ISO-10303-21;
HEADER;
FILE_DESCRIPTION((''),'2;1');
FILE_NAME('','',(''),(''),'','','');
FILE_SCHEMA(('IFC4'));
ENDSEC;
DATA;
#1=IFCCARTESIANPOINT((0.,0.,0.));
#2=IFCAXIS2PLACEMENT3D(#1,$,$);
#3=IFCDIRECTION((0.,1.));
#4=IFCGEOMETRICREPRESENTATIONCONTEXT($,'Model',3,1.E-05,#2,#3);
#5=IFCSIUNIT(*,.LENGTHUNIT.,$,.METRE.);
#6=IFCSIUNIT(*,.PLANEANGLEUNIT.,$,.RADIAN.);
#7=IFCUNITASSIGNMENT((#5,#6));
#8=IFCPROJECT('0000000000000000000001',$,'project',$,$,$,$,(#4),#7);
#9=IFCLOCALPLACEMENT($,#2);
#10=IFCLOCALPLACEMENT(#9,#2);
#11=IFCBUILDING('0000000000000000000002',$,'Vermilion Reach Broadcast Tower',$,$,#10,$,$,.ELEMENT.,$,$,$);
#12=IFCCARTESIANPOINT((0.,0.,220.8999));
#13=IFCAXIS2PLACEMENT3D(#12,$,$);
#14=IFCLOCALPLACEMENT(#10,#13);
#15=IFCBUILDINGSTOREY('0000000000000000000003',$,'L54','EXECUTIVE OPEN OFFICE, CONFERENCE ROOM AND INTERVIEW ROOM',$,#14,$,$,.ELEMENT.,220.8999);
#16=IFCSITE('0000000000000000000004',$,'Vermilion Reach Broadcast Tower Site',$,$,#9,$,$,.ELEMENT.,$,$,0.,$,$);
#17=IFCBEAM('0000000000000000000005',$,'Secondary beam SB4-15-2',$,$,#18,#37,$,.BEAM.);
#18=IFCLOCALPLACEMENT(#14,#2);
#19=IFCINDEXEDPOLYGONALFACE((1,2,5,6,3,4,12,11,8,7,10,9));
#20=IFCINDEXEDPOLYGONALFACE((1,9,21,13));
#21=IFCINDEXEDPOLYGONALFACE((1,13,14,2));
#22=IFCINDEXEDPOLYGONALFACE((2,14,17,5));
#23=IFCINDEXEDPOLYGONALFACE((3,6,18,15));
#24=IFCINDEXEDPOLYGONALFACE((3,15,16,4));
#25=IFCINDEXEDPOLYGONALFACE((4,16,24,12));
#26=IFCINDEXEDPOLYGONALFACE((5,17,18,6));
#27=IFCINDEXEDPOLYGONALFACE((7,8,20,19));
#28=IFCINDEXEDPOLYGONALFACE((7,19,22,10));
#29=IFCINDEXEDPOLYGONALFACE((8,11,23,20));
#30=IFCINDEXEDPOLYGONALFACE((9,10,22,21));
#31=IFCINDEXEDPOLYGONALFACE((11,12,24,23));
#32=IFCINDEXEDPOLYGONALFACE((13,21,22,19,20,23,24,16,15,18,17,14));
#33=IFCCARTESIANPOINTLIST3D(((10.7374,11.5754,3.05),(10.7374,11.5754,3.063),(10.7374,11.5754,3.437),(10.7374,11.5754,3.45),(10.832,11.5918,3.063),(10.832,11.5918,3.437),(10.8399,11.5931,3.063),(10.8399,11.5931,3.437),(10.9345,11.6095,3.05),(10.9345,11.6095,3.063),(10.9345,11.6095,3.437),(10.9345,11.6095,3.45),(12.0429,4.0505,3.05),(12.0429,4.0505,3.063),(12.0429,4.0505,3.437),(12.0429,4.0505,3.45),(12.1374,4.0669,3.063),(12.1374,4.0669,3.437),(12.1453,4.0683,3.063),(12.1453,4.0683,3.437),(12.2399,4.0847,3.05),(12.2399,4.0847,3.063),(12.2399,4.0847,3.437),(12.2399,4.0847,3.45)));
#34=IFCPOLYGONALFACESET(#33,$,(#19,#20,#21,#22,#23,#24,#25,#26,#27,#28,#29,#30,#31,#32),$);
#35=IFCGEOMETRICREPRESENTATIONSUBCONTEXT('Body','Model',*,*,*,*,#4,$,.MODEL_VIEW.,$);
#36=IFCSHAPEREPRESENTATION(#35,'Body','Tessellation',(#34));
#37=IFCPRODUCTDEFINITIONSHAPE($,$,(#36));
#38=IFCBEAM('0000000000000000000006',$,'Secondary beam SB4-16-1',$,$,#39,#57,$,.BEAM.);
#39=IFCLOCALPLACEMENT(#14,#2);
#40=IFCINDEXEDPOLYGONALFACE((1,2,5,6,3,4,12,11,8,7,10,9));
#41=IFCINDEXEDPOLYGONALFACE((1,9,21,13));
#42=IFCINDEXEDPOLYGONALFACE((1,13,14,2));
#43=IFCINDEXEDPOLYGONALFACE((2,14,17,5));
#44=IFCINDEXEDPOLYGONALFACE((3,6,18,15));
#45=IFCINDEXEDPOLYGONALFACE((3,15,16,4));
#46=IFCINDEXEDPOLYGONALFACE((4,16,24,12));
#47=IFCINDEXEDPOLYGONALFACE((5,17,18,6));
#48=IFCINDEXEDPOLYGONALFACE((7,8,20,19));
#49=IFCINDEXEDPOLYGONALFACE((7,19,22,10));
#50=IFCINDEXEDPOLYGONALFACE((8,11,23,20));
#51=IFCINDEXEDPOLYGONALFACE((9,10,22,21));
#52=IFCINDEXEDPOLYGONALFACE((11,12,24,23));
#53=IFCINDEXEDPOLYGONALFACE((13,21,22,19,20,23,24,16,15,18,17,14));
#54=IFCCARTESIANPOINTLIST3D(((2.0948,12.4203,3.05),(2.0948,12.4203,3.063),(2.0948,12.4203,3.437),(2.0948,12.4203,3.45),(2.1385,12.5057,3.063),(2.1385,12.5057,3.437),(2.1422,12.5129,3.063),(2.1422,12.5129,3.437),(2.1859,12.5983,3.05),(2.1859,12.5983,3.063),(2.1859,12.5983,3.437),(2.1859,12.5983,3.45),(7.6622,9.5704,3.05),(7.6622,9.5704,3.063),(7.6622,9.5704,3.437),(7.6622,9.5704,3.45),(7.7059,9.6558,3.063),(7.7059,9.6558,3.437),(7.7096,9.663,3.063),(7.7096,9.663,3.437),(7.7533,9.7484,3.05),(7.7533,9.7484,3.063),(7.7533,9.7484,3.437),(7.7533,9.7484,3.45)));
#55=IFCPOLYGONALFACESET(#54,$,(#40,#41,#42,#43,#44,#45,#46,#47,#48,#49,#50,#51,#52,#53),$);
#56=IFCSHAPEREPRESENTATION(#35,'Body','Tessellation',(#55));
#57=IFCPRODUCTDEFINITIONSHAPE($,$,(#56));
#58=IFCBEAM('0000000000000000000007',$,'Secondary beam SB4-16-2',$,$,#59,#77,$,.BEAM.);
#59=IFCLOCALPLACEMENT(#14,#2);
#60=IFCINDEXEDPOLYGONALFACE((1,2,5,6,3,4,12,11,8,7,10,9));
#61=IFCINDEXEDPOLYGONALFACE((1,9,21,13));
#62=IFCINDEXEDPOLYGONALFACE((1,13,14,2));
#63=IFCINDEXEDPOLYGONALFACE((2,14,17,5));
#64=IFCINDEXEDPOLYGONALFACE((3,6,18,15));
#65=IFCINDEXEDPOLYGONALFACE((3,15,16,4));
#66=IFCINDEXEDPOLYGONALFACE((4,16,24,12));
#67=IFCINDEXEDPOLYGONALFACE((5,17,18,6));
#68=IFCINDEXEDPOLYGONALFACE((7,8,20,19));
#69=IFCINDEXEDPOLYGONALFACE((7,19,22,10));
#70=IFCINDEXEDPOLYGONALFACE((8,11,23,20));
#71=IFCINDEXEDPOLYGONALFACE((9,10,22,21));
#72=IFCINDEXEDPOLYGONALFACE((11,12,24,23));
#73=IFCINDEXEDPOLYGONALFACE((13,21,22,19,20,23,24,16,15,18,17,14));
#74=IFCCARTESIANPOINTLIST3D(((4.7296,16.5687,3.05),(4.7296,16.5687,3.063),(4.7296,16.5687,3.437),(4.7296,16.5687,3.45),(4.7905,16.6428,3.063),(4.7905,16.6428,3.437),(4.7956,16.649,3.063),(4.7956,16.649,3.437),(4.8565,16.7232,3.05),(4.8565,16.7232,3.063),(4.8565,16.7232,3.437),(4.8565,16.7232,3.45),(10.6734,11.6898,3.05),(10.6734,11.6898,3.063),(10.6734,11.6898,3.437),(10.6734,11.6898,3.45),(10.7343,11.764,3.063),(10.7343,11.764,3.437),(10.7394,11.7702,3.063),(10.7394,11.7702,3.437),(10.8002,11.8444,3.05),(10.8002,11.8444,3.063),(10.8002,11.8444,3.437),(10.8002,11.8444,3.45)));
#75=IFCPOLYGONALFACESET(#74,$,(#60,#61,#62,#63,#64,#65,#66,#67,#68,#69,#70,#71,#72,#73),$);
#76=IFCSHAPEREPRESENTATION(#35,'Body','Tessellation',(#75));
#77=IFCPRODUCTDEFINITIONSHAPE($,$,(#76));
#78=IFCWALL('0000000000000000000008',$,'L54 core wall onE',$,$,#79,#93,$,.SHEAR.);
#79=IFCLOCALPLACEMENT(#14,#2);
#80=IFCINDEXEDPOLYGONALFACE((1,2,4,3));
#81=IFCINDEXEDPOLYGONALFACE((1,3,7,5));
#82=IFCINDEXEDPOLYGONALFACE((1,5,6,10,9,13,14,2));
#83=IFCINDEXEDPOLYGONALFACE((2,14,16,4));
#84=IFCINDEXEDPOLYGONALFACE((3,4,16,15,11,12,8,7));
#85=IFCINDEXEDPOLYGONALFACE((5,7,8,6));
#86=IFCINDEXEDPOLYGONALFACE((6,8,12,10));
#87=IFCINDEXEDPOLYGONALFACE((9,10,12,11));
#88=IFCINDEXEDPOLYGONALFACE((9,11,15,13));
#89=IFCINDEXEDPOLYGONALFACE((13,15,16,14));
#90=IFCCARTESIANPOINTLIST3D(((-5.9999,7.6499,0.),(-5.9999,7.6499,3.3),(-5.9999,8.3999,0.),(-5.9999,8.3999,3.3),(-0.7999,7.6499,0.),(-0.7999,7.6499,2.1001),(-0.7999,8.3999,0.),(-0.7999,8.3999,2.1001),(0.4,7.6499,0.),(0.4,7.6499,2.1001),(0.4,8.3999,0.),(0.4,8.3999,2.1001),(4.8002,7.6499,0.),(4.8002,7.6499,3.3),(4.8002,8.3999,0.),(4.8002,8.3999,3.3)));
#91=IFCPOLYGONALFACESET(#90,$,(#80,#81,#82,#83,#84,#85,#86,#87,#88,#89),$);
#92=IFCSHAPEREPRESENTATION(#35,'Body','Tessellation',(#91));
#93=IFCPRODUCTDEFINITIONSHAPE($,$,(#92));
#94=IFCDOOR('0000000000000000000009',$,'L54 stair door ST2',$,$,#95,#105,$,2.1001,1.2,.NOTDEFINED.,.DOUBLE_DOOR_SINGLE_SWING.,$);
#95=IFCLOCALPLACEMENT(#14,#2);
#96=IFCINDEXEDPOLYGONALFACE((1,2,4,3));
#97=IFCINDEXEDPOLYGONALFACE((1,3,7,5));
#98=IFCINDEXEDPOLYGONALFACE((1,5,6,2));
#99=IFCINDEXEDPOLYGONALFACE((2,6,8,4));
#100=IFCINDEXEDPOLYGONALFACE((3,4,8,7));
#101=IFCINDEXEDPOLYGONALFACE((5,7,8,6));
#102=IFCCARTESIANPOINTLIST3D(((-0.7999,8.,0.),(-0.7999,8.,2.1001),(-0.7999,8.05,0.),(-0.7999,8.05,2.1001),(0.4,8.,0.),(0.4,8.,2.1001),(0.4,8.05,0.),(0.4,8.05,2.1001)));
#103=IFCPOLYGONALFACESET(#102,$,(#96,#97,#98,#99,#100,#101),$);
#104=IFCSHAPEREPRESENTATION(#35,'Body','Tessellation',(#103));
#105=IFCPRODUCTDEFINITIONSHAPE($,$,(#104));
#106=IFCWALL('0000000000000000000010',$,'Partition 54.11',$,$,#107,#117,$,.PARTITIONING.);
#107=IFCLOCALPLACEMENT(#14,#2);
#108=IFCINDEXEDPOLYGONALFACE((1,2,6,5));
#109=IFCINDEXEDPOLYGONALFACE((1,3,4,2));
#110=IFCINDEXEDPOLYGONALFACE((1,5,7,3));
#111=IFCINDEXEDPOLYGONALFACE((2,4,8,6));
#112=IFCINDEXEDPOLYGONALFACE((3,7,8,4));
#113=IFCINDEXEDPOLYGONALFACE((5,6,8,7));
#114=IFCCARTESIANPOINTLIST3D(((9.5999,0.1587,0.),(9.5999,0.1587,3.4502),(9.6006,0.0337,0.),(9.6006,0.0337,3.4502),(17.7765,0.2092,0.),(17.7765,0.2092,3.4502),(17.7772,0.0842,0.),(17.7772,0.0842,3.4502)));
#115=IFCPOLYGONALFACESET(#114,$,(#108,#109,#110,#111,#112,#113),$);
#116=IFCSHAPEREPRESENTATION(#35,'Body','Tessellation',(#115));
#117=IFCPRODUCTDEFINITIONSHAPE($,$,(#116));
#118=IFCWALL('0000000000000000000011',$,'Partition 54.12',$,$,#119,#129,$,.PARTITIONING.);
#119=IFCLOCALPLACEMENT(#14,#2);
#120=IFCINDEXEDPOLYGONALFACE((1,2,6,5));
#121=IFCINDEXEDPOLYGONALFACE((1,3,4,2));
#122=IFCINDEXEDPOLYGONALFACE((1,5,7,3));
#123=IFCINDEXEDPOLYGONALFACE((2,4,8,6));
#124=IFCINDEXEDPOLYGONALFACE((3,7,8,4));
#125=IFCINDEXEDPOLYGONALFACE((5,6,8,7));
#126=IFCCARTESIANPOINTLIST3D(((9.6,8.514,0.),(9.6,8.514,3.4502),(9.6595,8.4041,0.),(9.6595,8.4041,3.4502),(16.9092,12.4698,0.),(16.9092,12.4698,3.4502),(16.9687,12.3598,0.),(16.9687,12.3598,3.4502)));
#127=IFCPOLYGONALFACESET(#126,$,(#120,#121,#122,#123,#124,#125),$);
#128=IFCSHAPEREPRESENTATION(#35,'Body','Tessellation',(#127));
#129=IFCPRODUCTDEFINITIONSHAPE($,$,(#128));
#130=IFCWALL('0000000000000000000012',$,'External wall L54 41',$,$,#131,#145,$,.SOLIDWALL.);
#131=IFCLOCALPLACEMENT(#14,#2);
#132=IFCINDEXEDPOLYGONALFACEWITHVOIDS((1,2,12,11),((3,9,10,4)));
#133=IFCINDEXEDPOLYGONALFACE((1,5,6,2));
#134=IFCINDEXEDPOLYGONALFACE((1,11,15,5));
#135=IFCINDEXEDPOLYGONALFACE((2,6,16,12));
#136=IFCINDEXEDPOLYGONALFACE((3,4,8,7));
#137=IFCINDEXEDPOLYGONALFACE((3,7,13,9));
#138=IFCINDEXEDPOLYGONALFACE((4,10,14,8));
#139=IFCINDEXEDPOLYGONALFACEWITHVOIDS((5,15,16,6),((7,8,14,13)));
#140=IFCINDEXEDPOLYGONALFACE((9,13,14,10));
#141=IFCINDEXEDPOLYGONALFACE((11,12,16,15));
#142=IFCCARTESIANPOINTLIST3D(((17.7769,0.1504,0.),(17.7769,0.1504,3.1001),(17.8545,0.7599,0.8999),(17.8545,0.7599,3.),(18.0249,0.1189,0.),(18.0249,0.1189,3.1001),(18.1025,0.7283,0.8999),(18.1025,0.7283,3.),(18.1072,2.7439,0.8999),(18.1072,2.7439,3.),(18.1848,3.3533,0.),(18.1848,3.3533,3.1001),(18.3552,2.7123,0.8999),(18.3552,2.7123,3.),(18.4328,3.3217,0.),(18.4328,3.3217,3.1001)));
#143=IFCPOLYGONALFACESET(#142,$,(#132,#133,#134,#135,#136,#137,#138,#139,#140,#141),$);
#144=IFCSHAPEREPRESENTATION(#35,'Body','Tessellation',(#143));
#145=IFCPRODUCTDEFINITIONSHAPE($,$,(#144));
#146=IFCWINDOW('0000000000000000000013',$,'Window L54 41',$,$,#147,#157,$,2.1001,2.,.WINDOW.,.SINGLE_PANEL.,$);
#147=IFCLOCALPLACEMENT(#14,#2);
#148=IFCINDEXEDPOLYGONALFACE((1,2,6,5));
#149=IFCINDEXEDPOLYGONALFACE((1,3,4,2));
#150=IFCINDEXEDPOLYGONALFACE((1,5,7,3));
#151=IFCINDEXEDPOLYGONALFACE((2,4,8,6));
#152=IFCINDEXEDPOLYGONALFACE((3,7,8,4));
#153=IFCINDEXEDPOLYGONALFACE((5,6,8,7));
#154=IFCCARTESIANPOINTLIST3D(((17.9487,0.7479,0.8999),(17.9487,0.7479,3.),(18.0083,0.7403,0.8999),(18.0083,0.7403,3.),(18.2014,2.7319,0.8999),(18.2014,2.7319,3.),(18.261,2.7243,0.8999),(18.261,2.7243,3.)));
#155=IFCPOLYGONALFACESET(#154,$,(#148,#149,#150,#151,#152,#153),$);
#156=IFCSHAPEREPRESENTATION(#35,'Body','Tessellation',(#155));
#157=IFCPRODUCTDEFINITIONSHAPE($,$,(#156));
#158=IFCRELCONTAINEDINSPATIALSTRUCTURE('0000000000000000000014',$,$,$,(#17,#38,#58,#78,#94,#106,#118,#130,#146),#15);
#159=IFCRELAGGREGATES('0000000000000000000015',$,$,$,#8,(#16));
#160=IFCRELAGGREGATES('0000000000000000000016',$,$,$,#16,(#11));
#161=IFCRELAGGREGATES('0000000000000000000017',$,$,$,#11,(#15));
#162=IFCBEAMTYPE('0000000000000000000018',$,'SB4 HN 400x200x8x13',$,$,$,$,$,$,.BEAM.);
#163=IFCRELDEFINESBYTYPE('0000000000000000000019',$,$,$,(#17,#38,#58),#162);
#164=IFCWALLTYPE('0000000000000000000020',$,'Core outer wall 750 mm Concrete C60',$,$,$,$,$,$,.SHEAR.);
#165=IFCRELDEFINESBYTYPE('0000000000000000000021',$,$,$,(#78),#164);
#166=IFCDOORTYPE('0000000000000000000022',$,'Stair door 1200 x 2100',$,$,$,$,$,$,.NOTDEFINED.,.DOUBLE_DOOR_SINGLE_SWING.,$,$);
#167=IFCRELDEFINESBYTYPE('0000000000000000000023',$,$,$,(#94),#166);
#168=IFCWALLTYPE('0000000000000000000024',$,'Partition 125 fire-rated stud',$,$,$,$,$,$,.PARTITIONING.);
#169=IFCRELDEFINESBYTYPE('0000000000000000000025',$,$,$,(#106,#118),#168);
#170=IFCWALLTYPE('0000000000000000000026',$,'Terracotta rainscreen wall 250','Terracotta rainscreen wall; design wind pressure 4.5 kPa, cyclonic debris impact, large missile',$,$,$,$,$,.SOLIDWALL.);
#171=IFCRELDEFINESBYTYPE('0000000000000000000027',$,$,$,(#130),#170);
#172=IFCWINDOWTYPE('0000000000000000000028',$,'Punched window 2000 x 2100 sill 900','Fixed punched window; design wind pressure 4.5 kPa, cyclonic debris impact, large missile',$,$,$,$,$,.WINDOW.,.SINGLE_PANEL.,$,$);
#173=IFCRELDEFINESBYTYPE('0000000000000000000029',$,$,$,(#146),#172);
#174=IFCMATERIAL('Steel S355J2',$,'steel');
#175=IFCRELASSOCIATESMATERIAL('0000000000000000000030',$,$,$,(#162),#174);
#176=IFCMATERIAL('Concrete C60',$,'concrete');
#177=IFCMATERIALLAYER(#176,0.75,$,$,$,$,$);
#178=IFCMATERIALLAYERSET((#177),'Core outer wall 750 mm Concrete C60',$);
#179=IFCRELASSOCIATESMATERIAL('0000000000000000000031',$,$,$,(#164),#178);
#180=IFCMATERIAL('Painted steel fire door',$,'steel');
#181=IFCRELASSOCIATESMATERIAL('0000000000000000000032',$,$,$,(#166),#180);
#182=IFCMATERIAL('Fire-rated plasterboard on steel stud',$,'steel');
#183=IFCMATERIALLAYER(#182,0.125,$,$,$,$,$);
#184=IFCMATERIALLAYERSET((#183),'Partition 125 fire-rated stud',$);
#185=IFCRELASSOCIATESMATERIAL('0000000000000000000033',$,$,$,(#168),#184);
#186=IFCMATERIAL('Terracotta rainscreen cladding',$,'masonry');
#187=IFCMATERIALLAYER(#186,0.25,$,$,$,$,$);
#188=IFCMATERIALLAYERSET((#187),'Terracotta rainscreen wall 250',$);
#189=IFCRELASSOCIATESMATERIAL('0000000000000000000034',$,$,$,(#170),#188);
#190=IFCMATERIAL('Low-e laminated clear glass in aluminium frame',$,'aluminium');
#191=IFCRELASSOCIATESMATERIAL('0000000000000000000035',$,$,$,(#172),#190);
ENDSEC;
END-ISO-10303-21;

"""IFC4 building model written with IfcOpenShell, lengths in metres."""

from ifc_helpers import new_model, si_unit, direction, frame, frame_2d, origin, origin_2d, place, context, subcontext, project, spatial, rectangle, i_section, extrude, material, layer, layer_set, material_profile, profile_set, type_object, element, fill, save


model = new_model("IFC4")

# Units and contexts
model_context = context("Model", 3, precision=1e-05, world=origin(), true_north=direction((0.0, 1.0)))
body_context = subcontext(model_context, "Body", "Model", "MODEL_VIEW")
ifc_project = project(units=[si_unit("LENGTHUNIT", "METRE"), si_unit("PLANEANGLEUNIT", "RADIAN")], contexts=[model_context])

# Site, building, storey
site_placement = place(None, origin())
site = spatial("IfcSite", under=ifc_project, at=site_placement, Name="Vermilion Reach Broadcast Tower Site", CompositionType="ELEMENT", RefElevation=0.0)
building_placement = place(site_placement, origin())
building = spatial("IfcBuilding", under=site, at=building_placement, Name="Vermilion Reach Broadcast Tower", CompositionType="ELEMENT")
storey_placement = place(building_placement, frame((0.0, 0.0, 220.8999)))
storey = spatial("IfcBuildingStorey", under=building, at=storey_placement, Name="L54", Description="EXECUTIVE OPEN OFFICE, CONFERENCE ROOM AND INTERVIEW ROOM", CompositionType="ELEMENT", Elevation=220.8999)

# Beams
ifc_material_1 = material(Name="Steel S355J2", Category="steel")
ifc_material_profile_1 = material_profile(ifc_material_1, i_section(OverallWidth=0.2, OverallDepth=0.3999, WebThickness=0.0081, FlangeThickness=0.0129, at=origin_2d()), Name="S355J2 HN 400x200x8x13")
ifc_profile_set_1 = profile_set([ifc_material_profile_1], Name="Steel S355J2")
beam_type_1 = type_object("IfcBeamType", Name="SB4 HN 400x200x8x13", PredefinedType="BEAM", material=ifc_profile_set_1)
beam_1_placement = place(storey_placement, frame((12.1414, 4.0676, 3.25), z_axis=(-0.170927, 0.985284, 0.0), x_axis=(-0.985284, -0.170927, 0.0)))
element("IfcBeam", 1, at=beam_1_placement, inside=storey, type_object=beam_type_1, Name="Secondary beam SB4-15-2", PredefinedType="BEAM", context=body_context, shape_type="SweptSolid", body=[
    extrude(i_section(OverallWidth=0.2, OverallDepth=0.3999, WebThickness=0.0081, FlangeThickness=0.0129, at=origin_2d()), origin(), (0.0, 0.0, 1.0), 7.6372),
])
beam_2_placement = place(storey_placement, frame((7.7078, 9.6594, 3.25), z_axis=(-0.890156, 0.455656, 0.0), x_axis=(-0.455656, -0.890156, 0.0)))
element("IfcBeam", 2, at=beam_2_placement, inside=storey, type_object=beam_type_1, Name="Secondary beam SB4-16-1", PredefinedType="BEAM", context=body_context, shape_type="SweptSolid", body=[
    extrude(i_section(OverallWidth=0.2, OverallDepth=0.3999, WebThickness=0.0081, FlangeThickness=0.0129, at=origin_2d()), origin(), (0.0, 0.0, 1.0), 6.2544),
])
beam_3_placement = place(storey_placement, frame((10.7368, 11.7671, 3.25), z_axis=(-0.772952, 0.634465, 0.0), x_axis=(-0.634465, -0.772952, 0.0)))
element("IfcBeam", 3, at=beam_3_placement, inside=storey, type_object=beam_type_1, Name="Secondary beam SB4-16-2", PredefinedType="BEAM", context=body_context, shape_type="SweptSolid", body=[
    extrude(i_section(OverallWidth=0.2, OverallDepth=0.3999, WebThickness=0.0081, FlangeThickness=0.0129, at=origin_2d()), origin(), (0.0, 0.0, 1.0), 7.6897),
])

# Wall, opening, door
ifc_material_2 = material(Name="Concrete C60", Category="concrete")
ifc_layer_1 = layer(ifc_material_2, 0.75)
ifc_layer_set_1 = layer_set([ifc_layer_1], Name="Core outer wall 750 mm Concrete C60")
wall_type_1 = type_object("IfcWallType", Name="Core outer wall 750 mm Concrete C60", PredefinedType="SHEAR", material=ifc_layer_set_1)
wall_1_placement = place(storey_placement, frame((4.8, 8.0249, 0.0), z_axis=(0.0, 0.0, 1.0), x_axis=(-1.0, 0.0, 0.0)))
wall_1 = element("IfcWall", 4, at=wall_1_placement, inside=storey, type_object=wall_type_1, Name="L54 core wall onE", PredefinedType="SHEAR", context=body_context, shape_type="SweptSolid", body=[
    extrude(rectangle(XDim=10.8, YDim=0.75, at=frame_2d((5.3999, 0.0))), origin(), (0.0, 0.0, 1.0), 3.3),
])
opening_1_placement = place(wall_1_placement, frame((4.3999, 0.0, 0.0)))
opening_1 = element("IfcOpeningElement", 5, at=opening_1_placement, cuts=wall_1, PredefinedType="OPENING", context=body_context, shape_type="SweptSolid", body=[
    extrude(rectangle(XDim=1.2, YDim=2.1001, at=frame_2d((0.6001, 1.05))), frame((0.0, 0.385, 0.0), z_axis=(0.0, -1.0, 0.0), x_axis=(1.0, 0.0, 0.0)), (0.0, 0.0, 1.0), 0.77),
])
ifc_material_3 = material(Name="Painted steel fire door", Category="steel")
door_type_1 = type_object("IfcDoorType", Name="Stair door 1200 x 2100", OperationType="DOUBLE_DOOR_SINGLE_SWING", PredefinedType="NOTDEFINED", material=ifc_material_3)
door_1_placement = place(opening_1_placement, origin())
door_1 = element("IfcDoor", 6, at=door_1_placement, inside=storey, type_object=door_type_1, Name="L54 stair door ST2", OperationType="DOUBLE_DOOR_SINGLE_SWING", OverallHeight=2.1001, OverallWidth=1.2, PredefinedType="NOTDEFINED", context=body_context, shape_type="SweptSolid", body=[
    extrude(rectangle(XDim=1.2, YDim=2.1001, at=frame_2d((0.6001, 1.05))), frame((0.0, 0.0249, 0.0), z_axis=(0.0, -1.0, 0.0), x_axis=(1.0, 0.0, 0.0)), (0.0, 0.0, 1.0), 0.05),
])
fill(opening_1, door_1)

# Walls
ifc_material_4 = material(Name="Fire-rated plasterboard on steel stud", Category="steel")
ifc_layer_2 = layer(ifc_material_4, 0.125)
ifc_layer_set_2 = layer_set([ifc_layer_2], Name="Partition 125 fire-rated stud")
wall_type_2 = type_object("IfcWallType", Name="Partition 125 fire-rated stud", PredefinedType="PARTITIONING", material=ifc_layer_set_2)
wall_2_placement = place(storey_placement, frame((17.7769, 0.1467, 0.0), z_axis=(0.0, 0.0, 1.0), x_axis=(-0.999981, -0.006181, 0.0)))
element("IfcWall", 7, at=wall_2_placement, inside=storey, type_object=wall_type_2, Name="Partition 54.11", PredefinedType="PARTITIONING", context=body_context, shape_type="SweptSolid", body=[
    extrude(rectangle(XDim=8.1768, YDim=0.125, at=frame_2d((4.0884, 0.0))), origin(), (0.0, 0.0, 1.0), 3.4502),
])
wall_3_placement = place(storey_placement, frame((16.939, 12.4148, 0.0), z_axis=(0.0, 0.0, 1.0), x_axis=(-0.879464, -0.475966, 0.0)))
element("IfcWall", 8, at=wall_3_placement, inside=storey, type_object=wall_type_2, Name="Partition 54.12", PredefinedType="PARTITIONING", context=body_context, shape_type="SweptSolid", body=[
    extrude(rectangle(XDim=8.311, YDim=0.125, at=frame_2d((4.1555, 0.0))), origin(), (0.0, 0.0, 1.0), 3.4502),
])

# Wall, opening, window
ifc_material_5 = material(Name="Terracotta rainscreen cladding", Category="masonry")
ifc_layer_3 = layer(ifc_material_5, 0.25)
ifc_layer_set_3 = layer_set([ifc_layer_3], Name="Terracotta rainscreen wall 250")
wall_type_3 = type_object("IfcWallType", Name="Terracotta rainscreen wall 250", Description="Terracotta rainscreen wall; design wind pressure 4.5 kPa, cyclonic debris impact, large missile", PredefinedType="SOLIDWALL", material=ifc_layer_set_3)
wall_4_placement = place(storey_placement, frame((17.9009, 0.1348, 0.0), z_axis=(0.0, 0.0, 1.0), x_axis=(0.126352, 0.991986, 0.0)))
wall_4 = element("IfcWall", 9, at=wall_4_placement, inside=storey, type_object=wall_type_3, Name="External wall L54 41", PredefinedType="SOLIDWALL", context=body_context, shape_type="SweptSolid", body=[
    extrude(rectangle(XDim=3.2288, YDim=0.25, at=frame_2d((1.6143, 0.0))), origin(), (0.0, 0.0, 1.0), 3.1001),
])
opening_2_placement = place(wall_4_placement, frame((0.6143, 0.0, 0.8999)))
opening_2 = element("IfcOpeningElement", 10, at=opening_2_placement, cuts=wall_4, PredefinedType="OPENING", context=body_context, shape_type="SweptSolid", body=[
    extrude(rectangle(XDim=2.0, YDim=2.1001, at=frame_2d((1.0, 1.05))), frame((0.0, 0.135, 0.0), z_axis=(0.0, -1.0, 0.0), x_axis=(1.0, 0.0, 0.0)), (0.0, 0.0, 1.0), 0.27),
])
ifc_material_6 = material(Name="Low-e laminated clear glass in aluminium frame", Category="aluminium")
window_type = type_object("IfcWindowType", Name="Punched window 2000 x 2100 sill 900", Description="Fixed punched window; design wind pressure 4.5 kPa, cyclonic debris impact, large missile", PartitioningType="SINGLE_PANEL", PredefinedType="WINDOW", material=ifc_material_6)
window_1_placement = place(opening_2_placement, origin())
window_1 = element("IfcWindow", 11, at=window_1_placement, inside=storey, type_object=window_type, Name="Window L54 41", OverallHeight=2.1001, OverallWidth=2.0, PartitioningType="SINGLE_PANEL", PredefinedType="WINDOW", context=body_context, shape_type="SweptSolid", body=[
    extrude(rectangle(XDim=2.0, YDim=2.1001, at=frame_2d((1.0, 1.05))), frame((0.0, 0.03, 0.0), z_axis=(0.0, -1.0, 0.0), x_axis=(1.0, 0.0, 0.0)), (0.0, 0.0, 1.0), 0.0601),
])
fill(opening_2, window_1)

save(model, "model.ifc")
